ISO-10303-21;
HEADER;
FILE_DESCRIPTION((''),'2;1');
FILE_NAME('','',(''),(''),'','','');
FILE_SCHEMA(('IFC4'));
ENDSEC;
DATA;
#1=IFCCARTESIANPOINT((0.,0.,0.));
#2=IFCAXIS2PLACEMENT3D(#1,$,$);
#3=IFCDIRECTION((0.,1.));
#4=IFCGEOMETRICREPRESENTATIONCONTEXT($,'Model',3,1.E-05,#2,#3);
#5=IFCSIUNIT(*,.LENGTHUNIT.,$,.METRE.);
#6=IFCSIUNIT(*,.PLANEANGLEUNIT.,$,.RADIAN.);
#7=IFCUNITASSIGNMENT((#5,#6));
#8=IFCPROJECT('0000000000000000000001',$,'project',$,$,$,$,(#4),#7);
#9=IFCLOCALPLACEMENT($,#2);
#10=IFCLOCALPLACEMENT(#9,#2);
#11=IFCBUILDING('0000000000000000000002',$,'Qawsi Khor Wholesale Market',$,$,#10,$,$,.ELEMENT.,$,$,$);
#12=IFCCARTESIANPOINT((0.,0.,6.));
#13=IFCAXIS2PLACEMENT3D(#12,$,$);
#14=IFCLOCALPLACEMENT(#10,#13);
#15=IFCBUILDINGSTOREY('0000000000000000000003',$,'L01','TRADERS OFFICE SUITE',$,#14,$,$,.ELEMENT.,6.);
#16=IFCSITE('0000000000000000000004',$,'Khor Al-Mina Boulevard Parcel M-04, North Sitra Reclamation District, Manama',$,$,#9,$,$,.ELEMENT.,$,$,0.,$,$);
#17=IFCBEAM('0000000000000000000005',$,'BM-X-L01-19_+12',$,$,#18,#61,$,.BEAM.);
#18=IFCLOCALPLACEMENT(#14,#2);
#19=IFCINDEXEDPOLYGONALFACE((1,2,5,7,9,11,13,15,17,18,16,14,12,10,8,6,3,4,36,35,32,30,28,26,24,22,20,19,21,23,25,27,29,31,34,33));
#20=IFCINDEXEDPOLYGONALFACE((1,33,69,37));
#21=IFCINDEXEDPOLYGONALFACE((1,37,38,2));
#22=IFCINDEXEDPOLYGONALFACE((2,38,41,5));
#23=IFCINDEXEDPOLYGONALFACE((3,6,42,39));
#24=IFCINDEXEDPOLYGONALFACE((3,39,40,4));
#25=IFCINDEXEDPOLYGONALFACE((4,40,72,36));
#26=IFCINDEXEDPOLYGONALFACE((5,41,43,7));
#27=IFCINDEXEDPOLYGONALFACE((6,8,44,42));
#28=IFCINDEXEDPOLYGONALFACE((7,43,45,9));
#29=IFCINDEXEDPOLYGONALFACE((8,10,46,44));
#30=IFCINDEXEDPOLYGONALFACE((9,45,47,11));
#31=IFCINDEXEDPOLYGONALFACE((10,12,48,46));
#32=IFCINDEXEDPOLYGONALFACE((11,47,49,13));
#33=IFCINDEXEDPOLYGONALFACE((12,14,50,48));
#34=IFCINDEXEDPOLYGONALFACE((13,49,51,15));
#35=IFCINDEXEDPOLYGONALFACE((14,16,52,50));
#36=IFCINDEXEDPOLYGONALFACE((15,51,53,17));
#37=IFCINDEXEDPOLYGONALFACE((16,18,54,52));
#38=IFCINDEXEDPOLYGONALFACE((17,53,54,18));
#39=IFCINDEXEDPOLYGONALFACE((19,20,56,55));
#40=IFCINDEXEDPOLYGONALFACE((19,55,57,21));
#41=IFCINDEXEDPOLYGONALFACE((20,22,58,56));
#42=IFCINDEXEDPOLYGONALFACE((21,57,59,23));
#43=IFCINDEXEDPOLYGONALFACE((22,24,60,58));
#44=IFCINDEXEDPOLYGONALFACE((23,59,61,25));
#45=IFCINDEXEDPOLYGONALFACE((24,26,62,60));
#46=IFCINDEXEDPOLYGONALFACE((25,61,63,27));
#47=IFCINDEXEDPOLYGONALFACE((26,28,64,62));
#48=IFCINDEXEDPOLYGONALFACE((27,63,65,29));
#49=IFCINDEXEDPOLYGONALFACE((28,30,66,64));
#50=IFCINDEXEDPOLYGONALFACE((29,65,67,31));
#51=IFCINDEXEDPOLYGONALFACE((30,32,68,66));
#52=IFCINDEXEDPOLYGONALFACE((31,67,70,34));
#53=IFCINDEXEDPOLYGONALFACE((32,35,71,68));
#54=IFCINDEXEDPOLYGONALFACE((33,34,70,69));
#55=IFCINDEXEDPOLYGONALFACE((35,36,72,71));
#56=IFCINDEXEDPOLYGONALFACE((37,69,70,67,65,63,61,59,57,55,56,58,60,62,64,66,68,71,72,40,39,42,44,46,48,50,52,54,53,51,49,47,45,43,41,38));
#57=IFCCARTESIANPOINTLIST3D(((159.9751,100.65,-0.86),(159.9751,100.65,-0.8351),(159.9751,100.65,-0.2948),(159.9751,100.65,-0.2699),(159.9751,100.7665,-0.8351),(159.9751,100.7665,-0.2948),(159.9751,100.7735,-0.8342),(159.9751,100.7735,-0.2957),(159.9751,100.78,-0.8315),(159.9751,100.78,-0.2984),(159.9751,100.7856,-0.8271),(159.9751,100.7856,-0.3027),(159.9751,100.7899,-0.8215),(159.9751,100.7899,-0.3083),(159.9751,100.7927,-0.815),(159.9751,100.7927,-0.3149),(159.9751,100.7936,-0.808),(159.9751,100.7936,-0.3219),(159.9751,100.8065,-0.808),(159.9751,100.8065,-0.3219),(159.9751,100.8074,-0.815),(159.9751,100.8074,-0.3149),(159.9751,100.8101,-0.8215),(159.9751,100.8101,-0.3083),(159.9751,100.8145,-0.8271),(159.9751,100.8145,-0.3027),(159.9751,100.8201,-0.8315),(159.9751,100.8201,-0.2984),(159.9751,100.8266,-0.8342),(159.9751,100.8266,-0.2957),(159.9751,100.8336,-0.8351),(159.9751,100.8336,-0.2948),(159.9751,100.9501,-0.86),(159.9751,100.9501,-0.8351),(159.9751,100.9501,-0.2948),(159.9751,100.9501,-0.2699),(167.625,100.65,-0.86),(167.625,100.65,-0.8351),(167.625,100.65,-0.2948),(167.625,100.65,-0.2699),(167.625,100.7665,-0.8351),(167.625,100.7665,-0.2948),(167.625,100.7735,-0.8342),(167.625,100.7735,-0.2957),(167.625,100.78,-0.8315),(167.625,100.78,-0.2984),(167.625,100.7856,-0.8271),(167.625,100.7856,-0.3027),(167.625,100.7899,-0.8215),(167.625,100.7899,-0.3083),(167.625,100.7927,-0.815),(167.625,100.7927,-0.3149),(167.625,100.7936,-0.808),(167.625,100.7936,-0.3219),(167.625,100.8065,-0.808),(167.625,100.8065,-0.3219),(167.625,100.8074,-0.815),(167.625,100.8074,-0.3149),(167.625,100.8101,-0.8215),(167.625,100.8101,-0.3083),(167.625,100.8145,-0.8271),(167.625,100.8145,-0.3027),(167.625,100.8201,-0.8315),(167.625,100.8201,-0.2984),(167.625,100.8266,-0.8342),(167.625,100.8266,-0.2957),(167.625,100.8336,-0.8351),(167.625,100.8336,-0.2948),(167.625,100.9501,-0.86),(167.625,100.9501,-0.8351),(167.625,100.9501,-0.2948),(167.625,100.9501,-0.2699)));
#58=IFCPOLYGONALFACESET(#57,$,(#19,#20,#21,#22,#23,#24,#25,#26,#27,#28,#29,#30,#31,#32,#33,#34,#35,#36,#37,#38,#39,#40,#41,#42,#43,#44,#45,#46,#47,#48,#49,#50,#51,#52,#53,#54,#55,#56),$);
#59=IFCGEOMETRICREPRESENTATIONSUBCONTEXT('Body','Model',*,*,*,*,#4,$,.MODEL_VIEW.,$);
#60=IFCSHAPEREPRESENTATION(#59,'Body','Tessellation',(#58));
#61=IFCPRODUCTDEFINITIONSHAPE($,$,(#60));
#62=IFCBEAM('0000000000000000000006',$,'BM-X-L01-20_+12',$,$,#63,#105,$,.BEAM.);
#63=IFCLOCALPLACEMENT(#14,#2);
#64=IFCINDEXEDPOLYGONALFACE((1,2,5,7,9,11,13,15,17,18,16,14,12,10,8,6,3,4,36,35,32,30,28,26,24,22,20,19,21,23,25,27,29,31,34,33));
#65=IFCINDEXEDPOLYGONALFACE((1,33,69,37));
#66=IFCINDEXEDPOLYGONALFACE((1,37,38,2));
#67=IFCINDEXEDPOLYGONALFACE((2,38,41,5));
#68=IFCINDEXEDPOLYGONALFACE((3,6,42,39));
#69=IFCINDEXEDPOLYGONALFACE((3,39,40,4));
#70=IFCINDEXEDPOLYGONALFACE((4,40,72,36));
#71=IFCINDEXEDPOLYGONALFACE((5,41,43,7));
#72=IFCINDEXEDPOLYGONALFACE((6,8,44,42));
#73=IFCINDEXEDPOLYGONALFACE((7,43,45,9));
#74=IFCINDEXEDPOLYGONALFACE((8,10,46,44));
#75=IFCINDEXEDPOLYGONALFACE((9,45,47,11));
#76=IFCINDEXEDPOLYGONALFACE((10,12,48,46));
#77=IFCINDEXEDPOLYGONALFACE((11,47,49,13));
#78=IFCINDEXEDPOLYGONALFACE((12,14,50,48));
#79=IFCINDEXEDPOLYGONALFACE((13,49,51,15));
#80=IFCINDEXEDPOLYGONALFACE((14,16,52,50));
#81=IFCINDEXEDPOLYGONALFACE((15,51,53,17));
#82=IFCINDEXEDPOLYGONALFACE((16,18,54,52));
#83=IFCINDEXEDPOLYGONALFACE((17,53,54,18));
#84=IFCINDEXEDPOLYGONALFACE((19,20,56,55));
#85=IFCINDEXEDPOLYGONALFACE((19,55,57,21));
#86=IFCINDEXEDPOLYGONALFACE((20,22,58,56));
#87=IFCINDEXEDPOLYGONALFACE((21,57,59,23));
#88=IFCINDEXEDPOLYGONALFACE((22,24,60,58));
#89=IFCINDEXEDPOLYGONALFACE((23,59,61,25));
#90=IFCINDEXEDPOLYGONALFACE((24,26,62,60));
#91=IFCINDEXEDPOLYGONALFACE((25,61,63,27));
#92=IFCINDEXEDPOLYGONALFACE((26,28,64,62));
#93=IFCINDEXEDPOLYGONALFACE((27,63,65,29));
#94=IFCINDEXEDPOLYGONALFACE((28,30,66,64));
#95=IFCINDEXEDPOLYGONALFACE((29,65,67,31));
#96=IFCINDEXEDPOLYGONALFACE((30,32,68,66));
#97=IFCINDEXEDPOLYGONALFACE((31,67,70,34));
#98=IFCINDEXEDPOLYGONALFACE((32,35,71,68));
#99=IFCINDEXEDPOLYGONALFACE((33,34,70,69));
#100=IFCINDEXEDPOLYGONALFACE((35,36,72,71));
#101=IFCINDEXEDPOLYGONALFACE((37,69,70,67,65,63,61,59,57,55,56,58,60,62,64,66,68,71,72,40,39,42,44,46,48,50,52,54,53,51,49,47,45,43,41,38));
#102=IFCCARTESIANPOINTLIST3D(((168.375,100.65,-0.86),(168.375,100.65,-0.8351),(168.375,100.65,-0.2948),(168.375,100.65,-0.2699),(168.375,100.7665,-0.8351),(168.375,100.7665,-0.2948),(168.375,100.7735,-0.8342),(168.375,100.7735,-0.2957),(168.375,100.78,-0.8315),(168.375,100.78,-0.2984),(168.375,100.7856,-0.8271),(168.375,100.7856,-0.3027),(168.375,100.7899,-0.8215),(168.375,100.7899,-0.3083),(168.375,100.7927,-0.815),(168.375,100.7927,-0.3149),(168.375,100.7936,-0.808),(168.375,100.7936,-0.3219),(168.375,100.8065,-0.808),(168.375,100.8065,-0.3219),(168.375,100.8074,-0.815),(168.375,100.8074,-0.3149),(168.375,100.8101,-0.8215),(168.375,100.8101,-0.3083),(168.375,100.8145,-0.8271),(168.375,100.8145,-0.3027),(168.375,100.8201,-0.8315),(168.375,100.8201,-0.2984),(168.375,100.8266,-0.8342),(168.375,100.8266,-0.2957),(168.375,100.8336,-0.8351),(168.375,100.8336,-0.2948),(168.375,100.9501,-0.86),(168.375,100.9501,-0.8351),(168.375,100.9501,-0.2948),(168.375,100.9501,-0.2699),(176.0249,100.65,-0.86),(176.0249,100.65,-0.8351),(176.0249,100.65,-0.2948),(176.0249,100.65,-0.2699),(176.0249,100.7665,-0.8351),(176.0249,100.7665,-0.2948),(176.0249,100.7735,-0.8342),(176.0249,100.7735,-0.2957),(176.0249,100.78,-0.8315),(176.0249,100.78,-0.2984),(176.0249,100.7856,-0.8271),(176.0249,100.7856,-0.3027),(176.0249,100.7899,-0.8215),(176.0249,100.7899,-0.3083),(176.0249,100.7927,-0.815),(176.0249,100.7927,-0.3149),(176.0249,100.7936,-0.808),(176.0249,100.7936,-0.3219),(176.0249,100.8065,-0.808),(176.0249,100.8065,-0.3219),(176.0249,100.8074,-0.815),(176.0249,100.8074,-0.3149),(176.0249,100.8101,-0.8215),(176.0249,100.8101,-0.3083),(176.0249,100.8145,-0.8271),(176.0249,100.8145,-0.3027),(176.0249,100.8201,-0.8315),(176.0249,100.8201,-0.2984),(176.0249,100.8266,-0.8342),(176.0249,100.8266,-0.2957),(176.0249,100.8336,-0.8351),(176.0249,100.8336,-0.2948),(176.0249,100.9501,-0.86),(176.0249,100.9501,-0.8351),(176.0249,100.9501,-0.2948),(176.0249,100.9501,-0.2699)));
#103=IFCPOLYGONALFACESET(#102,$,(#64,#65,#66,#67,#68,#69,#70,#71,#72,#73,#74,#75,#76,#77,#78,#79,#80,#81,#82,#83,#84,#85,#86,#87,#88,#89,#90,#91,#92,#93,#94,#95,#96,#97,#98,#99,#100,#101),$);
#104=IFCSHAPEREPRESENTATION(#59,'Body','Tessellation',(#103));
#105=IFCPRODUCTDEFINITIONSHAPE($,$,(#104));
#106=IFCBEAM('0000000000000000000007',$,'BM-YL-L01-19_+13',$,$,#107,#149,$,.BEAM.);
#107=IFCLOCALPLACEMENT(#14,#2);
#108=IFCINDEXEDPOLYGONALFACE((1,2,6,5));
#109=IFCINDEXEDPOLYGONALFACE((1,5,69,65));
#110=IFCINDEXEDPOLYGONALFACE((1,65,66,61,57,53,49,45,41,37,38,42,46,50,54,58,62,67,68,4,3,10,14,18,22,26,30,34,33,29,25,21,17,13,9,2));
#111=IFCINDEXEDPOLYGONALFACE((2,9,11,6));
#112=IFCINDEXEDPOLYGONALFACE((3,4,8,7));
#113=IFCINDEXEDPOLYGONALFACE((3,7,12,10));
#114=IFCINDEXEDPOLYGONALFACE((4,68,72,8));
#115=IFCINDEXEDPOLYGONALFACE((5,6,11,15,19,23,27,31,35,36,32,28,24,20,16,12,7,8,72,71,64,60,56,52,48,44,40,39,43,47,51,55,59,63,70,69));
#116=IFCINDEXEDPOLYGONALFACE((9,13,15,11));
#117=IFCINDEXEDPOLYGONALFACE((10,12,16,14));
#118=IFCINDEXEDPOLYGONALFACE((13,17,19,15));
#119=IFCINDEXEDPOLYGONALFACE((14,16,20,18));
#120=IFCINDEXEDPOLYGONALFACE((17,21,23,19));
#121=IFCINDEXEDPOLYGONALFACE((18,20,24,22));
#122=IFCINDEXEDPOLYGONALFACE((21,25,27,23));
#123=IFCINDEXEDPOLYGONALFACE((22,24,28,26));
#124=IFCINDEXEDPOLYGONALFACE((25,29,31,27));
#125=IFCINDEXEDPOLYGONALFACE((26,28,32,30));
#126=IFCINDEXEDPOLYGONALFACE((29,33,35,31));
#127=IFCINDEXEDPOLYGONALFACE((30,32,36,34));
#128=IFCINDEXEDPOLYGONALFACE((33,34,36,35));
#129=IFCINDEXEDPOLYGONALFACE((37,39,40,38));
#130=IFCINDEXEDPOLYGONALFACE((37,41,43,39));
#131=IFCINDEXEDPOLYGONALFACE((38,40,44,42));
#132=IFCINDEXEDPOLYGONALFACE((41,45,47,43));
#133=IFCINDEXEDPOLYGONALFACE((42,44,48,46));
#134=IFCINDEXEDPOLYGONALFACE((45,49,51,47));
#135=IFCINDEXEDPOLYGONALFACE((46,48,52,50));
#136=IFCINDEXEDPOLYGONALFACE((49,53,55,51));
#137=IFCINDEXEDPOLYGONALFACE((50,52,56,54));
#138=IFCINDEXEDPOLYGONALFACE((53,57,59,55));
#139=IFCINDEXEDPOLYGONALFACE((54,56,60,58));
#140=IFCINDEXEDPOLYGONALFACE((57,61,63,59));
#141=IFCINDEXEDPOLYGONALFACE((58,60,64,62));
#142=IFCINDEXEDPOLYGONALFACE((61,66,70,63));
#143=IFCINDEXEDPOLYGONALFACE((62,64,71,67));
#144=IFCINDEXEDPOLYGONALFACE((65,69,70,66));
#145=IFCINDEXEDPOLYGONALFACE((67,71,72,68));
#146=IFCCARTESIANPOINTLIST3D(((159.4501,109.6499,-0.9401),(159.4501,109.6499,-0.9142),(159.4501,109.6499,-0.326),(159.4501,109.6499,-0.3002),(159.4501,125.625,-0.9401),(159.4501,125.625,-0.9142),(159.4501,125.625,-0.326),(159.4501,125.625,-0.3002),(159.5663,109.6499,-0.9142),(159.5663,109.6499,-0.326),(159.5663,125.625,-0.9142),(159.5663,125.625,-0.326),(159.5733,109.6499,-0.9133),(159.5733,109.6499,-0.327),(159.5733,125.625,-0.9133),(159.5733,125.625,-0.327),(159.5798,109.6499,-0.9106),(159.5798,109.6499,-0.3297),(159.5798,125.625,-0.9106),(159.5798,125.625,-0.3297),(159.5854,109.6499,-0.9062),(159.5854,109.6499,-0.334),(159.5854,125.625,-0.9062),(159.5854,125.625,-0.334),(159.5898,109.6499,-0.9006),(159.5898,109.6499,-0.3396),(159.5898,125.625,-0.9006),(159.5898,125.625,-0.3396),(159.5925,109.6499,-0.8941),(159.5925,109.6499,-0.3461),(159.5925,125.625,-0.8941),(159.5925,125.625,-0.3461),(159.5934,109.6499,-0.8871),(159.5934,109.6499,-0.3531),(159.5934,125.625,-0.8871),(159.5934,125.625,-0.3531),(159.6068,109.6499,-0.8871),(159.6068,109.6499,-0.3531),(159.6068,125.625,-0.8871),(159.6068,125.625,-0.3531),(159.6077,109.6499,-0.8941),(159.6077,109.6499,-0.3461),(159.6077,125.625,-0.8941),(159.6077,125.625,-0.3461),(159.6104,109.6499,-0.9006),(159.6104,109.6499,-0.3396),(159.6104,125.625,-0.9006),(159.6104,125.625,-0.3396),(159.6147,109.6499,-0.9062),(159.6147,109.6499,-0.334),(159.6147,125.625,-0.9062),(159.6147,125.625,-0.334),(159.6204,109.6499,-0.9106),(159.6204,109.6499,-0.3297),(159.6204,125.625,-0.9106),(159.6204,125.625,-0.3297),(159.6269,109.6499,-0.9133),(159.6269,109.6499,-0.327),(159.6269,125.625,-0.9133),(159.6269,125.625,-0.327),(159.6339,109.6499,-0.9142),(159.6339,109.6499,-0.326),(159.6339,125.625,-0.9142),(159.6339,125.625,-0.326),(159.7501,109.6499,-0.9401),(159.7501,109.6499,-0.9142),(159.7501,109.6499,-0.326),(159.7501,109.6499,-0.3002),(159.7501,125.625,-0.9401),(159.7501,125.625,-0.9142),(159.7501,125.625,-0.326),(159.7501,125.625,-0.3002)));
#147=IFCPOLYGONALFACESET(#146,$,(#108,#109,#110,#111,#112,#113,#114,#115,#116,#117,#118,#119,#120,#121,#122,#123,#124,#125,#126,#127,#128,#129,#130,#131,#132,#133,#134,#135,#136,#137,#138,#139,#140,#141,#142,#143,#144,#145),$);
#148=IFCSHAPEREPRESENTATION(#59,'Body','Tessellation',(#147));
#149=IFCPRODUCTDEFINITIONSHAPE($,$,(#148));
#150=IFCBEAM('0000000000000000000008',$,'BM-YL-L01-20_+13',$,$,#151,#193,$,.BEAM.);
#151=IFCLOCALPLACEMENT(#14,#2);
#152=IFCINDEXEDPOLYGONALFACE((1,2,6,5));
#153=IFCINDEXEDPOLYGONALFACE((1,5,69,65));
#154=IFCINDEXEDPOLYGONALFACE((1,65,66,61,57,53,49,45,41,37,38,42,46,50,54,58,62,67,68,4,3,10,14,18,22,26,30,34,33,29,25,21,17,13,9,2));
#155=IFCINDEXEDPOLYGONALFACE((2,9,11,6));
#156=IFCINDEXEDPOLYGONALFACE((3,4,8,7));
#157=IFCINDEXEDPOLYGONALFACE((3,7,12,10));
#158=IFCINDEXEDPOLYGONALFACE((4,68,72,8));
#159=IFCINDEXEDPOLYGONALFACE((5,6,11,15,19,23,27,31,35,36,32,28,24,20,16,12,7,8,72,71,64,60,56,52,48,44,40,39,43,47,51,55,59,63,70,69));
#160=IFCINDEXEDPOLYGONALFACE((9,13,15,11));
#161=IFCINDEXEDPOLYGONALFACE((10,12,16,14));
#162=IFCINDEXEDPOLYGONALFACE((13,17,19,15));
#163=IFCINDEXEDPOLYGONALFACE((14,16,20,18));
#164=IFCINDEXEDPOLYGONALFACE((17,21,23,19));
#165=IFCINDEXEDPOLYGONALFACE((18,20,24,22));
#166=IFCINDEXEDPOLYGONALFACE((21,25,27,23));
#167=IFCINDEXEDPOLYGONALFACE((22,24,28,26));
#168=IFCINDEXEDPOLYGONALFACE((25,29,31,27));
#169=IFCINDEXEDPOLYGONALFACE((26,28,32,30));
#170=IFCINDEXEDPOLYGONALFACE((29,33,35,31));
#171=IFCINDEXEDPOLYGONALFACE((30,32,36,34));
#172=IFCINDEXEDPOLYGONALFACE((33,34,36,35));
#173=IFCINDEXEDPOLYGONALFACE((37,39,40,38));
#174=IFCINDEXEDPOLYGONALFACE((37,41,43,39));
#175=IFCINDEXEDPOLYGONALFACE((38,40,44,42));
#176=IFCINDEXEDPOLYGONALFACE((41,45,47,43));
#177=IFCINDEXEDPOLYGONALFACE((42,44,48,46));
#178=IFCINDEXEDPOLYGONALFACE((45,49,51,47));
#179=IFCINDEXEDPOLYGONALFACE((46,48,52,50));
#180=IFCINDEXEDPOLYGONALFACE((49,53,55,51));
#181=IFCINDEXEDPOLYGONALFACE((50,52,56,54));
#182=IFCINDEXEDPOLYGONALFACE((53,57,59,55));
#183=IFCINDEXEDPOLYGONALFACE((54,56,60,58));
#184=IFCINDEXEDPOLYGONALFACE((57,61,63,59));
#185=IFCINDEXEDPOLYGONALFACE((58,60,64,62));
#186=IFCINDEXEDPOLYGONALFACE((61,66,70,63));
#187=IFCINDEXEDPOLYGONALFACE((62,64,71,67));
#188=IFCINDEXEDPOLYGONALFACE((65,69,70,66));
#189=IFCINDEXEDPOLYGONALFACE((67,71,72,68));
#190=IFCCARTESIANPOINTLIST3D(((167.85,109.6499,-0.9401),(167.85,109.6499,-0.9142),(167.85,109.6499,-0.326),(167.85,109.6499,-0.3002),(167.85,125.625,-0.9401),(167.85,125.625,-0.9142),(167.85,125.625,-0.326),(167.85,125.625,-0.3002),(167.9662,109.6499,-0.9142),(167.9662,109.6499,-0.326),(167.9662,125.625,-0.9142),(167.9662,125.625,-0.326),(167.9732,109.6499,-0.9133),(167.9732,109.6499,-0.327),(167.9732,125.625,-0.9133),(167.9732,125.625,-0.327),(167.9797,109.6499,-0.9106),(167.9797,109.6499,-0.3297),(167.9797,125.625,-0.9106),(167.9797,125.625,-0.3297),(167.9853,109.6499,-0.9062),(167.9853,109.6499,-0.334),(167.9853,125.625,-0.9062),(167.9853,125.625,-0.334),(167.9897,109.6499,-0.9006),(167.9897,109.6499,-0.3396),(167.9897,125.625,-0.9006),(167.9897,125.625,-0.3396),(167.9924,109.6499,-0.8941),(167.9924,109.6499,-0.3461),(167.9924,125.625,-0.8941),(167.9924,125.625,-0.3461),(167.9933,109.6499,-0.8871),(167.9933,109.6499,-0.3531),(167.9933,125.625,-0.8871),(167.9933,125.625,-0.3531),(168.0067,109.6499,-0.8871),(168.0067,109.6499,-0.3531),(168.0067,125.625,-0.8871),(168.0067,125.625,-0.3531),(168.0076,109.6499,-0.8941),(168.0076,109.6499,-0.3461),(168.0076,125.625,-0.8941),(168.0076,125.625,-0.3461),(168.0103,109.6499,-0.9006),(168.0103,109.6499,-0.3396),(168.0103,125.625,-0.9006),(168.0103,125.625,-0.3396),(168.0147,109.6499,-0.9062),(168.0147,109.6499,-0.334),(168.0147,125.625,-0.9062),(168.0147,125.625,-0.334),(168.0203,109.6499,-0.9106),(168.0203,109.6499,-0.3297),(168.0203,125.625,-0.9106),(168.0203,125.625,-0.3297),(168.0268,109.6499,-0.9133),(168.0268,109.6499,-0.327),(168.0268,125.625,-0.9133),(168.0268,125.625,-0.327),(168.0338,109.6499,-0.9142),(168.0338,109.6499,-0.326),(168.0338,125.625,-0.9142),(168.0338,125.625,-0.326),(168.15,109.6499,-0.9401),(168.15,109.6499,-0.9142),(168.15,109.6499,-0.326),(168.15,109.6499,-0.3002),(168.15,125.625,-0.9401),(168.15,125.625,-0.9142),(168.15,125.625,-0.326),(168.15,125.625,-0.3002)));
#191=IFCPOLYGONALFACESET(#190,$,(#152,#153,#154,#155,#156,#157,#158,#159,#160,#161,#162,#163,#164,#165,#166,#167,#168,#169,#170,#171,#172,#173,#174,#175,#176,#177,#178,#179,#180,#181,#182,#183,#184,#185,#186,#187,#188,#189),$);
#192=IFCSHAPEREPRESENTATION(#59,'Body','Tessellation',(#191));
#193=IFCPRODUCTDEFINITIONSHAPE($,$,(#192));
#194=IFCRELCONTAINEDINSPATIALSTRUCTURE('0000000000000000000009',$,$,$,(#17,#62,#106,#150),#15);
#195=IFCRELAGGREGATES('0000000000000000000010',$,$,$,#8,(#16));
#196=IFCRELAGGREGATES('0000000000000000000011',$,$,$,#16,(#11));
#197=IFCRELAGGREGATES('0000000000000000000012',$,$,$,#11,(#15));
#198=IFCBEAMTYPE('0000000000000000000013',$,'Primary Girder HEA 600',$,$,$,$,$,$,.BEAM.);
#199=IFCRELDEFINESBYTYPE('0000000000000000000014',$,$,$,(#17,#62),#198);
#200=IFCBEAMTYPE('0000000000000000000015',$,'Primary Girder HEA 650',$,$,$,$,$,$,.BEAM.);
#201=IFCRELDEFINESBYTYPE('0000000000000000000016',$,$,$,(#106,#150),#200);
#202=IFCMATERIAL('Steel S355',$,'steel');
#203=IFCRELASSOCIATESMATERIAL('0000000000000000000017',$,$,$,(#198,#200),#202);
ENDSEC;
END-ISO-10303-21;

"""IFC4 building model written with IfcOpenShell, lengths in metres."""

from ifc_helpers import new_model, si_unit, direction, frame, origin, origin_2d, place, context, subcontext, project, spatial, i_section, extrude, material, material_profile, profile_set, type_object, element, save


model = new_model("IFC4")

# Units and contexts
model_context = context("Model", 3, precision=1e-05, world=origin(), true_north=direction((0.0, 1.0)))
body_context = subcontext(model_context, "Body", "Model", "MODEL_VIEW")
ifc_project = project(units=[si_unit("LENGTHUNIT", "METRE"), si_unit("PLANEANGLEUNIT", "RADIAN")], contexts=[model_context])

# Site, building, storey
site_placement = place(None, origin())
site = spatial("IfcSite", under=ifc_project, at=site_placement, Name="Khor Al-Mina Boulevard Parcel M-04, North Sitra Reclamation District, Manama", CompositionType="ELEMENT", RefElevation=0.0)
building_placement = place(site_placement, origin())
building = spatial("IfcBuilding", under=site, at=building_placement, Name="Qawsi Khor Wholesale Market", CompositionType="ELEMENT")
storey_placement = place(building_placement, frame((0.0, 0.0, 6.0)))
storey = spatial("IfcBuildingStorey", under=building, at=storey_placement, Name="L01", Description="TRADERS OFFICE SUITE", CompositionType="ELEMENT", Elevation=6.0)

# Beams
ifc_material_1 = material(Name="Steel S355", Category="steel")
ifc_material_profile_1 = material_profile(ifc_material_1, i_section(OverallWidth=0.3, OverallDepth=0.5901, WebThickness=0.0129, FlangeThickness=0.0249, FilletRadius=0.0271, at=origin_2d()), Name="HEA 600")
ifc_profile_set_1 = profile_set([ifc_material_profile_1], Name="Steel S355")
beam_type_1 = type_object("IfcBeamType", Name="Primary Girder HEA 600", PredefinedType="BEAM", material=ifc_profile_set_1)
for number, where, z_axis, x_axis, name in (
    (1, (159.9751, 100.8, -0.5649), (1.0, 0.0, 0.0), (0.0, 1.0, 0.0), "BM-X-L01-19_+12"),
    (2, (168.375, 100.8, -0.5649), (1.0, 0.0, 0.0), (0.0, 1.0, 0.0), "BM-X-L01-20_+12"),
):
    element("IfcBeam", number, at=place(storey_placement, frame(where, z_axis=z_axis, x_axis=x_axis)), inside=storey, type_object=beam_type_1, Name=name, PredefinedType="BEAM", context=body_context, shape_type="SweptSolid", body=[
        extrude(i_section(OverallWidth=0.3, OverallDepth=0.5901, WebThickness=0.0129, FlangeThickness=0.0249, FilletRadius=0.0271, at=origin_2d()), origin(), (0.0, 0.0, 1.0), 7.6499),
    ])
ifc_material_profile_2 = material_profile(ifc_material_1, i_section(OverallWidth=0.3, OverallDepth=0.6399, WebThickness=0.0134, FlangeThickness=0.0259, FilletRadius=0.0271, at=origin_2d()), Name="HEA 650")
ifc_profile_set_2 = profile_set([ifc_material_profile_2], Name="Steel S355")
beam_type_2 = type_object("IfcBeamType", Name="Primary Girder HEA 650", PredefinedType="BEAM", material=ifc_profile_set_2)
for number, where, z_axis, x_axis, name in (
    (3, (159.6001, 109.6499, -0.6201), (0.0, 1.0, 0.0), (-1.0, 0.0, 0.0), "BM-YL-L01-19_+13"),
    (4, (168.0, 109.6499, -0.6201), (0.0, 1.0, 0.0), (-1.0, 0.0, 0.0), "BM-YL-L01-20_+13"),
):
    element("IfcBeam", number, at=place(storey_placement, frame(where, z_axis=z_axis, x_axis=x_axis)), inside=storey, type_object=beam_type_2, Name=name, PredefinedType="BEAM", context=body_context, shape_type="SweptSolid", body=[
        extrude(i_section(OverallWidth=0.3, OverallDepth=0.6399, WebThickness=0.0134, FlangeThickness=0.0259, FilletRadius=0.0271, at=origin_2d()), origin(), (0.0, 0.0, 1.0), 15.9751),
    ])

save(model, "model.ifc")
